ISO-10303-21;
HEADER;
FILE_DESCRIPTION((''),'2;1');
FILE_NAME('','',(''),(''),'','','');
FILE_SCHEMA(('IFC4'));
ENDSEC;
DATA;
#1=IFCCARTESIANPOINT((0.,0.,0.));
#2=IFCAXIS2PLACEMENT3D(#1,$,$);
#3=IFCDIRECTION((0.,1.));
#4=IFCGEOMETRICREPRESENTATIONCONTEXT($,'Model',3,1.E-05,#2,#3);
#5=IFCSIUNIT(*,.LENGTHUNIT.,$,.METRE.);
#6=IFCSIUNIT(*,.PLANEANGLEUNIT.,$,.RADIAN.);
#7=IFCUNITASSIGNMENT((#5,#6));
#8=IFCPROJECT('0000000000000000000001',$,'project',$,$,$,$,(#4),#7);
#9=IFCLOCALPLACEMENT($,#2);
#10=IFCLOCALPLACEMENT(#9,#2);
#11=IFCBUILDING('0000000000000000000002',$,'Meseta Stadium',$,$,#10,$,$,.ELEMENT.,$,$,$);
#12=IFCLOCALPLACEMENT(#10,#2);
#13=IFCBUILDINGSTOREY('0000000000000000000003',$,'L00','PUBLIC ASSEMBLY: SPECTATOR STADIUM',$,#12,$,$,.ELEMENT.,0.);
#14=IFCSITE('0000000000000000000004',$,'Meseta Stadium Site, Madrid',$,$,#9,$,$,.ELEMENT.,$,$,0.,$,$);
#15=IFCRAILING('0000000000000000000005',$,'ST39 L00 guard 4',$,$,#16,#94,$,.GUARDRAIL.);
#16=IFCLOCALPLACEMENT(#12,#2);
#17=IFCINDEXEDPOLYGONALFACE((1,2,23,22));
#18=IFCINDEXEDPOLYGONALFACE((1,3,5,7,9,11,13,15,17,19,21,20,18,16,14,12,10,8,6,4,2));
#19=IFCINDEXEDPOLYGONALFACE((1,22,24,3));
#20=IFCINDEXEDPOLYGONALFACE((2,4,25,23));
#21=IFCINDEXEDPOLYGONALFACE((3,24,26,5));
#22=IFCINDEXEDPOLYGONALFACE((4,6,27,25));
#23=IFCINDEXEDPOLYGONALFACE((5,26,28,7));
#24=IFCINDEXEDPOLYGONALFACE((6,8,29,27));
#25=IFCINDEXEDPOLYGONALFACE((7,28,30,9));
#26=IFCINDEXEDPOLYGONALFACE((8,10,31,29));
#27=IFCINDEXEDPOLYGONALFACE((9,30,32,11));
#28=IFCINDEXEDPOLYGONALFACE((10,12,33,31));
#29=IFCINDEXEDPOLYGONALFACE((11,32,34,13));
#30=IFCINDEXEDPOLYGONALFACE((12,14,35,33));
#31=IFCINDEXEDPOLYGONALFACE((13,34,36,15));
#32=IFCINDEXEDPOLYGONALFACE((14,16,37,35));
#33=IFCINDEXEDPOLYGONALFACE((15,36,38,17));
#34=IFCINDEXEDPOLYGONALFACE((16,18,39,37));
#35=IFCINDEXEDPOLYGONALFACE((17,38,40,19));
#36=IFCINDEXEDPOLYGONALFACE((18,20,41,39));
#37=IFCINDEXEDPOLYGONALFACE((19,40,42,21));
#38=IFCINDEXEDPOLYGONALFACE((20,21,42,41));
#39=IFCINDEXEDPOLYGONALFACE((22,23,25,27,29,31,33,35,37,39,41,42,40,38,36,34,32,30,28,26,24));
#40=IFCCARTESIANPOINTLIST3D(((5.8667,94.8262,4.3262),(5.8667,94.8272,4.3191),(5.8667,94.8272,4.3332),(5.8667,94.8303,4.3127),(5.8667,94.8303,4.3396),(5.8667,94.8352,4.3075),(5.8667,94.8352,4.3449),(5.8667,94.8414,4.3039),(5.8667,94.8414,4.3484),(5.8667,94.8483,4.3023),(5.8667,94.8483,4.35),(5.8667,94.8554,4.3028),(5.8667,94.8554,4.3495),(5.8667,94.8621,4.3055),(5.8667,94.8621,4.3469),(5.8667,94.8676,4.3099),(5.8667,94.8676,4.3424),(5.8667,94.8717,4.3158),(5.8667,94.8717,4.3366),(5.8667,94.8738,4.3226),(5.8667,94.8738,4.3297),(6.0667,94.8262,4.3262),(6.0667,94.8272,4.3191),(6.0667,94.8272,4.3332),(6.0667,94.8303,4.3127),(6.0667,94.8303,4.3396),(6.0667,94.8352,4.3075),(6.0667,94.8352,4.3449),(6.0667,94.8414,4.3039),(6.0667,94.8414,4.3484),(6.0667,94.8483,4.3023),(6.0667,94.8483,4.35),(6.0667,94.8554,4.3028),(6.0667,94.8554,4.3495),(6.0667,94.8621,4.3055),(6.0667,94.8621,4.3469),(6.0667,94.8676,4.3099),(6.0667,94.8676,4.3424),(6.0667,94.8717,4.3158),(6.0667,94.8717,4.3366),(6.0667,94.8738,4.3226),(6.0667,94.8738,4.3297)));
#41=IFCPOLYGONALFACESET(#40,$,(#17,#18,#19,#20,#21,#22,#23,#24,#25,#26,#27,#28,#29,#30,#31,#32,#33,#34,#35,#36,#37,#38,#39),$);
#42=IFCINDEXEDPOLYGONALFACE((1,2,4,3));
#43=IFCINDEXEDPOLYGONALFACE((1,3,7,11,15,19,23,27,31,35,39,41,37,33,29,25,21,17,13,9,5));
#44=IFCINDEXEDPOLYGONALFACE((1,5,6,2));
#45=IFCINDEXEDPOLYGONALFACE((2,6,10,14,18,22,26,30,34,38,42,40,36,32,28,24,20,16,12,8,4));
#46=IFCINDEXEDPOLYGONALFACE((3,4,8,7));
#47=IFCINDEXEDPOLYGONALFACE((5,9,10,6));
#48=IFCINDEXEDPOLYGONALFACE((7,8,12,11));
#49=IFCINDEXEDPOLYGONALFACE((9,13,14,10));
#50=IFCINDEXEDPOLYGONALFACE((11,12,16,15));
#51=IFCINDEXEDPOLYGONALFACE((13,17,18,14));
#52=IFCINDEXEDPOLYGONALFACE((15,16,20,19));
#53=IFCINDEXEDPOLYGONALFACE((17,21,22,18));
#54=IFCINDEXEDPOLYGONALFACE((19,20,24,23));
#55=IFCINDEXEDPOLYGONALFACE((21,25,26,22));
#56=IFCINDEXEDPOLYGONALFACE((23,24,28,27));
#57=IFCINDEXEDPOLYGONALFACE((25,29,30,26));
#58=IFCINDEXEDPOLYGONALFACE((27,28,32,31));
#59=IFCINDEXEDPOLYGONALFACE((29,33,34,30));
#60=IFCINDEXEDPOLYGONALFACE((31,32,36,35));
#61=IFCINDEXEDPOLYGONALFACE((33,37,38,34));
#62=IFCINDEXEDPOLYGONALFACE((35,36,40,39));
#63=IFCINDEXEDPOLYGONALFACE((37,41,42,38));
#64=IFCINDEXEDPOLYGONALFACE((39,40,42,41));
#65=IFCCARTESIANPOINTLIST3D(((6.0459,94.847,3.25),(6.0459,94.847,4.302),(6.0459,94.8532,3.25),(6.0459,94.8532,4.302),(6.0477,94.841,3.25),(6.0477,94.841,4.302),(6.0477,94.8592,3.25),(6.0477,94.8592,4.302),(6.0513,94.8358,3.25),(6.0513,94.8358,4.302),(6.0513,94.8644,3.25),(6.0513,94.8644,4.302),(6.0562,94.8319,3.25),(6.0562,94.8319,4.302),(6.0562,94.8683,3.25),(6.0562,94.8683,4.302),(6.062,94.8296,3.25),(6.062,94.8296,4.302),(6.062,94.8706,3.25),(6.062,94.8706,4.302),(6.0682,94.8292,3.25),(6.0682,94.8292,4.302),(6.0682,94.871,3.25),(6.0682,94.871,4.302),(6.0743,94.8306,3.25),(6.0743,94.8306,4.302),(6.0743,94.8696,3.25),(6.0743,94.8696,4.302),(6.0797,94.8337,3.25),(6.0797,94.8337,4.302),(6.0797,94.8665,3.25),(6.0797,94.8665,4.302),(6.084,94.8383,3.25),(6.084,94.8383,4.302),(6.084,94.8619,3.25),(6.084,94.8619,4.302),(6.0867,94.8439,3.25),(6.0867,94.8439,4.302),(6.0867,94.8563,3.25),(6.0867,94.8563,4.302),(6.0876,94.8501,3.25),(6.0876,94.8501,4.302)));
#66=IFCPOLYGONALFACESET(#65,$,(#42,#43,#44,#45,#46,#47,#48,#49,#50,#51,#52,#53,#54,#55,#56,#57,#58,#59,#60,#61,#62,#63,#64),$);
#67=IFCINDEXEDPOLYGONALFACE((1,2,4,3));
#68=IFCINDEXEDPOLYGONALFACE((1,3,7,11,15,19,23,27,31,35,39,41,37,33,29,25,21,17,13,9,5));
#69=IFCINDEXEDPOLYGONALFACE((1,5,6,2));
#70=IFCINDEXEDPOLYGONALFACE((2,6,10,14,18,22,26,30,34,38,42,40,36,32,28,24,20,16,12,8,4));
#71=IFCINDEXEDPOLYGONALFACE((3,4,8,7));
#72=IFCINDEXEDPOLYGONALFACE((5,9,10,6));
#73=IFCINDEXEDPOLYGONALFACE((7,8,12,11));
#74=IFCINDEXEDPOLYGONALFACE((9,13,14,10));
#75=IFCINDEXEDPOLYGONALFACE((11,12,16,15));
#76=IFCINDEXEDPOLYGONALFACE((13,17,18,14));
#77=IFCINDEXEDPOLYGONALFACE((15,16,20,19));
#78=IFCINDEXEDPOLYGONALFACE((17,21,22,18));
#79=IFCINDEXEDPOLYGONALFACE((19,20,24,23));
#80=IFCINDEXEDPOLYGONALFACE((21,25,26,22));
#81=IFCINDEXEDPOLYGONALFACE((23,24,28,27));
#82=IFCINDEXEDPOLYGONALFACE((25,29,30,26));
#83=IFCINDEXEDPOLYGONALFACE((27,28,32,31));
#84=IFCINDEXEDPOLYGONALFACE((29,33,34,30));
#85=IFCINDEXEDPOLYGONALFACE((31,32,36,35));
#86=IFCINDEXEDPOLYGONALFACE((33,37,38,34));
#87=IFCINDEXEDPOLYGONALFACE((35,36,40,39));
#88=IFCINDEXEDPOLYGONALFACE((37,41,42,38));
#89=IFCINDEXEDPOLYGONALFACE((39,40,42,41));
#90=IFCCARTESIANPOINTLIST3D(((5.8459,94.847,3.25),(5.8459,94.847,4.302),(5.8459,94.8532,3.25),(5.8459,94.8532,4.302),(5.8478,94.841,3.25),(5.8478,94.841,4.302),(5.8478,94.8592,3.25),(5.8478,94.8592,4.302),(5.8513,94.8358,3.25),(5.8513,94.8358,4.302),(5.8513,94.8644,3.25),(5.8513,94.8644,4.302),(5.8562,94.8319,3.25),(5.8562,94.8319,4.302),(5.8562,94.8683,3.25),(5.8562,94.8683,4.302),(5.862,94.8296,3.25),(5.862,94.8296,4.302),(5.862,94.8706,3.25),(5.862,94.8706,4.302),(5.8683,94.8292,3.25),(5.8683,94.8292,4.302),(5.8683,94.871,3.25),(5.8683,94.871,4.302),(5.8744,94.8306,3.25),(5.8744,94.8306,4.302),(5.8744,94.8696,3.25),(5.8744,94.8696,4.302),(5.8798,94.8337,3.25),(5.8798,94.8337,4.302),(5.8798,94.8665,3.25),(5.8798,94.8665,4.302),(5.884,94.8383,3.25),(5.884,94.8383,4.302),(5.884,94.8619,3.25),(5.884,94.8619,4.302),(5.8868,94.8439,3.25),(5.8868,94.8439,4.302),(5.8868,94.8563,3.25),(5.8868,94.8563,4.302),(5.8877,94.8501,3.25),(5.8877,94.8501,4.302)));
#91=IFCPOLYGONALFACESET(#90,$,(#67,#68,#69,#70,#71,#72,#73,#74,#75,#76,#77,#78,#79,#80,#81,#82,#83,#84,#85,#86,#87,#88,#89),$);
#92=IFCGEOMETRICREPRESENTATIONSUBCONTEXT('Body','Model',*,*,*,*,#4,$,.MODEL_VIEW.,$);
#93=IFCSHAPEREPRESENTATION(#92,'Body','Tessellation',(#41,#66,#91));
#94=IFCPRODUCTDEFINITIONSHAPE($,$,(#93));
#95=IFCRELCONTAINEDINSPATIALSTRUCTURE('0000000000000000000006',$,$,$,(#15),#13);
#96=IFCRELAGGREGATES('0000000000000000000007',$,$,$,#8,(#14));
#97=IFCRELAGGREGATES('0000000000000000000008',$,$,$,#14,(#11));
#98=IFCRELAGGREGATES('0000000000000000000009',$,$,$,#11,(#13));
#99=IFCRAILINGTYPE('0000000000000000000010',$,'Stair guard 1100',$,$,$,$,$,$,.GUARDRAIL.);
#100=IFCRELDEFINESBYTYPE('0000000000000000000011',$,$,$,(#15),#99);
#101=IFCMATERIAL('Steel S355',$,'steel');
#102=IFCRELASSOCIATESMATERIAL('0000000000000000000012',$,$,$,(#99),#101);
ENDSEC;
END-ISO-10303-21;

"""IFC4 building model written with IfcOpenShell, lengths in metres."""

from ifc_helpers import new_model, si_unit, direction, frame, origin, origin_2d, place, context, subcontext, project, spatial, circle, extrude, material, type_object, element, save


model = new_model("IFC4")

# Units and contexts
model_context = context("Model", 3, precision=1e-05, world=origin(), true_north=direction((0.0, 1.0)))
body_context = subcontext(model_context, "Body", "Model", "MODEL_VIEW")
ifc_project = project(units=[si_unit("LENGTHUNIT", "METRE"), si_unit("PLANEANGLEUNIT", "RADIAN")], contexts=[model_context])

# Site, building, storey
site_placement = place(None, origin())
site = spatial("IfcSite", under=ifc_project, at=site_placement, Name="Meseta Stadium Site, Madrid", CompositionType="ELEMENT", RefElevation=0.0)
building_placement = place(site_placement, origin())
building = spatial("IfcBuilding", under=site, at=building_placement, Name="Meseta Stadium", CompositionType="ELEMENT")
storey_placement = place(building_placement, origin())
storey = spatial("IfcBuildingStorey", under=building, at=storey_placement, Name="L00", Description="PUBLIC ASSEMBLY: SPECTATOR STADIUM", CompositionType="ELEMENT", Elevation=0.0)

# Railing
ifc_material_1 = material(Name="Steel S355", Category="steel")
railing_type_1 = type_object("IfcRailingType", Name="Stair guard 1100", PredefinedType="GUARDRAIL", material=ifc_material_1)
railing_1_placement = place(storey_placement, frame((6.0667, 94.8501, 3.25)))
element("IfcRailing", 1, at=railing_1_placement, inside=storey, type_object=railing_type_1, Name="ST39 L00 guard 4", PredefinedType="GUARDRAIL", context=body_context, shape_type="SweptSolid", body=[
    extrude(circle(Radius=0.0239, at=origin_2d()), frame((0.0, 0.0, 1.0762), z_axis=(-1.0, 0.0, 0.0), x_axis=(0.0, -1.0, 0.0)), (0.0, 0.0, 1.0), 0.2),
    extrude(circle(Radius=0.021, at=origin_2d()), origin(), (0.0, 0.0, 1.0), 1.052),
    extrude(circle(Radius=0.021, at=origin_2d()), frame((-0.2, 0.0, 0.0)), (0.0, 0.0, 1.0), 1.052),
])

save(model, "model.ifc")
